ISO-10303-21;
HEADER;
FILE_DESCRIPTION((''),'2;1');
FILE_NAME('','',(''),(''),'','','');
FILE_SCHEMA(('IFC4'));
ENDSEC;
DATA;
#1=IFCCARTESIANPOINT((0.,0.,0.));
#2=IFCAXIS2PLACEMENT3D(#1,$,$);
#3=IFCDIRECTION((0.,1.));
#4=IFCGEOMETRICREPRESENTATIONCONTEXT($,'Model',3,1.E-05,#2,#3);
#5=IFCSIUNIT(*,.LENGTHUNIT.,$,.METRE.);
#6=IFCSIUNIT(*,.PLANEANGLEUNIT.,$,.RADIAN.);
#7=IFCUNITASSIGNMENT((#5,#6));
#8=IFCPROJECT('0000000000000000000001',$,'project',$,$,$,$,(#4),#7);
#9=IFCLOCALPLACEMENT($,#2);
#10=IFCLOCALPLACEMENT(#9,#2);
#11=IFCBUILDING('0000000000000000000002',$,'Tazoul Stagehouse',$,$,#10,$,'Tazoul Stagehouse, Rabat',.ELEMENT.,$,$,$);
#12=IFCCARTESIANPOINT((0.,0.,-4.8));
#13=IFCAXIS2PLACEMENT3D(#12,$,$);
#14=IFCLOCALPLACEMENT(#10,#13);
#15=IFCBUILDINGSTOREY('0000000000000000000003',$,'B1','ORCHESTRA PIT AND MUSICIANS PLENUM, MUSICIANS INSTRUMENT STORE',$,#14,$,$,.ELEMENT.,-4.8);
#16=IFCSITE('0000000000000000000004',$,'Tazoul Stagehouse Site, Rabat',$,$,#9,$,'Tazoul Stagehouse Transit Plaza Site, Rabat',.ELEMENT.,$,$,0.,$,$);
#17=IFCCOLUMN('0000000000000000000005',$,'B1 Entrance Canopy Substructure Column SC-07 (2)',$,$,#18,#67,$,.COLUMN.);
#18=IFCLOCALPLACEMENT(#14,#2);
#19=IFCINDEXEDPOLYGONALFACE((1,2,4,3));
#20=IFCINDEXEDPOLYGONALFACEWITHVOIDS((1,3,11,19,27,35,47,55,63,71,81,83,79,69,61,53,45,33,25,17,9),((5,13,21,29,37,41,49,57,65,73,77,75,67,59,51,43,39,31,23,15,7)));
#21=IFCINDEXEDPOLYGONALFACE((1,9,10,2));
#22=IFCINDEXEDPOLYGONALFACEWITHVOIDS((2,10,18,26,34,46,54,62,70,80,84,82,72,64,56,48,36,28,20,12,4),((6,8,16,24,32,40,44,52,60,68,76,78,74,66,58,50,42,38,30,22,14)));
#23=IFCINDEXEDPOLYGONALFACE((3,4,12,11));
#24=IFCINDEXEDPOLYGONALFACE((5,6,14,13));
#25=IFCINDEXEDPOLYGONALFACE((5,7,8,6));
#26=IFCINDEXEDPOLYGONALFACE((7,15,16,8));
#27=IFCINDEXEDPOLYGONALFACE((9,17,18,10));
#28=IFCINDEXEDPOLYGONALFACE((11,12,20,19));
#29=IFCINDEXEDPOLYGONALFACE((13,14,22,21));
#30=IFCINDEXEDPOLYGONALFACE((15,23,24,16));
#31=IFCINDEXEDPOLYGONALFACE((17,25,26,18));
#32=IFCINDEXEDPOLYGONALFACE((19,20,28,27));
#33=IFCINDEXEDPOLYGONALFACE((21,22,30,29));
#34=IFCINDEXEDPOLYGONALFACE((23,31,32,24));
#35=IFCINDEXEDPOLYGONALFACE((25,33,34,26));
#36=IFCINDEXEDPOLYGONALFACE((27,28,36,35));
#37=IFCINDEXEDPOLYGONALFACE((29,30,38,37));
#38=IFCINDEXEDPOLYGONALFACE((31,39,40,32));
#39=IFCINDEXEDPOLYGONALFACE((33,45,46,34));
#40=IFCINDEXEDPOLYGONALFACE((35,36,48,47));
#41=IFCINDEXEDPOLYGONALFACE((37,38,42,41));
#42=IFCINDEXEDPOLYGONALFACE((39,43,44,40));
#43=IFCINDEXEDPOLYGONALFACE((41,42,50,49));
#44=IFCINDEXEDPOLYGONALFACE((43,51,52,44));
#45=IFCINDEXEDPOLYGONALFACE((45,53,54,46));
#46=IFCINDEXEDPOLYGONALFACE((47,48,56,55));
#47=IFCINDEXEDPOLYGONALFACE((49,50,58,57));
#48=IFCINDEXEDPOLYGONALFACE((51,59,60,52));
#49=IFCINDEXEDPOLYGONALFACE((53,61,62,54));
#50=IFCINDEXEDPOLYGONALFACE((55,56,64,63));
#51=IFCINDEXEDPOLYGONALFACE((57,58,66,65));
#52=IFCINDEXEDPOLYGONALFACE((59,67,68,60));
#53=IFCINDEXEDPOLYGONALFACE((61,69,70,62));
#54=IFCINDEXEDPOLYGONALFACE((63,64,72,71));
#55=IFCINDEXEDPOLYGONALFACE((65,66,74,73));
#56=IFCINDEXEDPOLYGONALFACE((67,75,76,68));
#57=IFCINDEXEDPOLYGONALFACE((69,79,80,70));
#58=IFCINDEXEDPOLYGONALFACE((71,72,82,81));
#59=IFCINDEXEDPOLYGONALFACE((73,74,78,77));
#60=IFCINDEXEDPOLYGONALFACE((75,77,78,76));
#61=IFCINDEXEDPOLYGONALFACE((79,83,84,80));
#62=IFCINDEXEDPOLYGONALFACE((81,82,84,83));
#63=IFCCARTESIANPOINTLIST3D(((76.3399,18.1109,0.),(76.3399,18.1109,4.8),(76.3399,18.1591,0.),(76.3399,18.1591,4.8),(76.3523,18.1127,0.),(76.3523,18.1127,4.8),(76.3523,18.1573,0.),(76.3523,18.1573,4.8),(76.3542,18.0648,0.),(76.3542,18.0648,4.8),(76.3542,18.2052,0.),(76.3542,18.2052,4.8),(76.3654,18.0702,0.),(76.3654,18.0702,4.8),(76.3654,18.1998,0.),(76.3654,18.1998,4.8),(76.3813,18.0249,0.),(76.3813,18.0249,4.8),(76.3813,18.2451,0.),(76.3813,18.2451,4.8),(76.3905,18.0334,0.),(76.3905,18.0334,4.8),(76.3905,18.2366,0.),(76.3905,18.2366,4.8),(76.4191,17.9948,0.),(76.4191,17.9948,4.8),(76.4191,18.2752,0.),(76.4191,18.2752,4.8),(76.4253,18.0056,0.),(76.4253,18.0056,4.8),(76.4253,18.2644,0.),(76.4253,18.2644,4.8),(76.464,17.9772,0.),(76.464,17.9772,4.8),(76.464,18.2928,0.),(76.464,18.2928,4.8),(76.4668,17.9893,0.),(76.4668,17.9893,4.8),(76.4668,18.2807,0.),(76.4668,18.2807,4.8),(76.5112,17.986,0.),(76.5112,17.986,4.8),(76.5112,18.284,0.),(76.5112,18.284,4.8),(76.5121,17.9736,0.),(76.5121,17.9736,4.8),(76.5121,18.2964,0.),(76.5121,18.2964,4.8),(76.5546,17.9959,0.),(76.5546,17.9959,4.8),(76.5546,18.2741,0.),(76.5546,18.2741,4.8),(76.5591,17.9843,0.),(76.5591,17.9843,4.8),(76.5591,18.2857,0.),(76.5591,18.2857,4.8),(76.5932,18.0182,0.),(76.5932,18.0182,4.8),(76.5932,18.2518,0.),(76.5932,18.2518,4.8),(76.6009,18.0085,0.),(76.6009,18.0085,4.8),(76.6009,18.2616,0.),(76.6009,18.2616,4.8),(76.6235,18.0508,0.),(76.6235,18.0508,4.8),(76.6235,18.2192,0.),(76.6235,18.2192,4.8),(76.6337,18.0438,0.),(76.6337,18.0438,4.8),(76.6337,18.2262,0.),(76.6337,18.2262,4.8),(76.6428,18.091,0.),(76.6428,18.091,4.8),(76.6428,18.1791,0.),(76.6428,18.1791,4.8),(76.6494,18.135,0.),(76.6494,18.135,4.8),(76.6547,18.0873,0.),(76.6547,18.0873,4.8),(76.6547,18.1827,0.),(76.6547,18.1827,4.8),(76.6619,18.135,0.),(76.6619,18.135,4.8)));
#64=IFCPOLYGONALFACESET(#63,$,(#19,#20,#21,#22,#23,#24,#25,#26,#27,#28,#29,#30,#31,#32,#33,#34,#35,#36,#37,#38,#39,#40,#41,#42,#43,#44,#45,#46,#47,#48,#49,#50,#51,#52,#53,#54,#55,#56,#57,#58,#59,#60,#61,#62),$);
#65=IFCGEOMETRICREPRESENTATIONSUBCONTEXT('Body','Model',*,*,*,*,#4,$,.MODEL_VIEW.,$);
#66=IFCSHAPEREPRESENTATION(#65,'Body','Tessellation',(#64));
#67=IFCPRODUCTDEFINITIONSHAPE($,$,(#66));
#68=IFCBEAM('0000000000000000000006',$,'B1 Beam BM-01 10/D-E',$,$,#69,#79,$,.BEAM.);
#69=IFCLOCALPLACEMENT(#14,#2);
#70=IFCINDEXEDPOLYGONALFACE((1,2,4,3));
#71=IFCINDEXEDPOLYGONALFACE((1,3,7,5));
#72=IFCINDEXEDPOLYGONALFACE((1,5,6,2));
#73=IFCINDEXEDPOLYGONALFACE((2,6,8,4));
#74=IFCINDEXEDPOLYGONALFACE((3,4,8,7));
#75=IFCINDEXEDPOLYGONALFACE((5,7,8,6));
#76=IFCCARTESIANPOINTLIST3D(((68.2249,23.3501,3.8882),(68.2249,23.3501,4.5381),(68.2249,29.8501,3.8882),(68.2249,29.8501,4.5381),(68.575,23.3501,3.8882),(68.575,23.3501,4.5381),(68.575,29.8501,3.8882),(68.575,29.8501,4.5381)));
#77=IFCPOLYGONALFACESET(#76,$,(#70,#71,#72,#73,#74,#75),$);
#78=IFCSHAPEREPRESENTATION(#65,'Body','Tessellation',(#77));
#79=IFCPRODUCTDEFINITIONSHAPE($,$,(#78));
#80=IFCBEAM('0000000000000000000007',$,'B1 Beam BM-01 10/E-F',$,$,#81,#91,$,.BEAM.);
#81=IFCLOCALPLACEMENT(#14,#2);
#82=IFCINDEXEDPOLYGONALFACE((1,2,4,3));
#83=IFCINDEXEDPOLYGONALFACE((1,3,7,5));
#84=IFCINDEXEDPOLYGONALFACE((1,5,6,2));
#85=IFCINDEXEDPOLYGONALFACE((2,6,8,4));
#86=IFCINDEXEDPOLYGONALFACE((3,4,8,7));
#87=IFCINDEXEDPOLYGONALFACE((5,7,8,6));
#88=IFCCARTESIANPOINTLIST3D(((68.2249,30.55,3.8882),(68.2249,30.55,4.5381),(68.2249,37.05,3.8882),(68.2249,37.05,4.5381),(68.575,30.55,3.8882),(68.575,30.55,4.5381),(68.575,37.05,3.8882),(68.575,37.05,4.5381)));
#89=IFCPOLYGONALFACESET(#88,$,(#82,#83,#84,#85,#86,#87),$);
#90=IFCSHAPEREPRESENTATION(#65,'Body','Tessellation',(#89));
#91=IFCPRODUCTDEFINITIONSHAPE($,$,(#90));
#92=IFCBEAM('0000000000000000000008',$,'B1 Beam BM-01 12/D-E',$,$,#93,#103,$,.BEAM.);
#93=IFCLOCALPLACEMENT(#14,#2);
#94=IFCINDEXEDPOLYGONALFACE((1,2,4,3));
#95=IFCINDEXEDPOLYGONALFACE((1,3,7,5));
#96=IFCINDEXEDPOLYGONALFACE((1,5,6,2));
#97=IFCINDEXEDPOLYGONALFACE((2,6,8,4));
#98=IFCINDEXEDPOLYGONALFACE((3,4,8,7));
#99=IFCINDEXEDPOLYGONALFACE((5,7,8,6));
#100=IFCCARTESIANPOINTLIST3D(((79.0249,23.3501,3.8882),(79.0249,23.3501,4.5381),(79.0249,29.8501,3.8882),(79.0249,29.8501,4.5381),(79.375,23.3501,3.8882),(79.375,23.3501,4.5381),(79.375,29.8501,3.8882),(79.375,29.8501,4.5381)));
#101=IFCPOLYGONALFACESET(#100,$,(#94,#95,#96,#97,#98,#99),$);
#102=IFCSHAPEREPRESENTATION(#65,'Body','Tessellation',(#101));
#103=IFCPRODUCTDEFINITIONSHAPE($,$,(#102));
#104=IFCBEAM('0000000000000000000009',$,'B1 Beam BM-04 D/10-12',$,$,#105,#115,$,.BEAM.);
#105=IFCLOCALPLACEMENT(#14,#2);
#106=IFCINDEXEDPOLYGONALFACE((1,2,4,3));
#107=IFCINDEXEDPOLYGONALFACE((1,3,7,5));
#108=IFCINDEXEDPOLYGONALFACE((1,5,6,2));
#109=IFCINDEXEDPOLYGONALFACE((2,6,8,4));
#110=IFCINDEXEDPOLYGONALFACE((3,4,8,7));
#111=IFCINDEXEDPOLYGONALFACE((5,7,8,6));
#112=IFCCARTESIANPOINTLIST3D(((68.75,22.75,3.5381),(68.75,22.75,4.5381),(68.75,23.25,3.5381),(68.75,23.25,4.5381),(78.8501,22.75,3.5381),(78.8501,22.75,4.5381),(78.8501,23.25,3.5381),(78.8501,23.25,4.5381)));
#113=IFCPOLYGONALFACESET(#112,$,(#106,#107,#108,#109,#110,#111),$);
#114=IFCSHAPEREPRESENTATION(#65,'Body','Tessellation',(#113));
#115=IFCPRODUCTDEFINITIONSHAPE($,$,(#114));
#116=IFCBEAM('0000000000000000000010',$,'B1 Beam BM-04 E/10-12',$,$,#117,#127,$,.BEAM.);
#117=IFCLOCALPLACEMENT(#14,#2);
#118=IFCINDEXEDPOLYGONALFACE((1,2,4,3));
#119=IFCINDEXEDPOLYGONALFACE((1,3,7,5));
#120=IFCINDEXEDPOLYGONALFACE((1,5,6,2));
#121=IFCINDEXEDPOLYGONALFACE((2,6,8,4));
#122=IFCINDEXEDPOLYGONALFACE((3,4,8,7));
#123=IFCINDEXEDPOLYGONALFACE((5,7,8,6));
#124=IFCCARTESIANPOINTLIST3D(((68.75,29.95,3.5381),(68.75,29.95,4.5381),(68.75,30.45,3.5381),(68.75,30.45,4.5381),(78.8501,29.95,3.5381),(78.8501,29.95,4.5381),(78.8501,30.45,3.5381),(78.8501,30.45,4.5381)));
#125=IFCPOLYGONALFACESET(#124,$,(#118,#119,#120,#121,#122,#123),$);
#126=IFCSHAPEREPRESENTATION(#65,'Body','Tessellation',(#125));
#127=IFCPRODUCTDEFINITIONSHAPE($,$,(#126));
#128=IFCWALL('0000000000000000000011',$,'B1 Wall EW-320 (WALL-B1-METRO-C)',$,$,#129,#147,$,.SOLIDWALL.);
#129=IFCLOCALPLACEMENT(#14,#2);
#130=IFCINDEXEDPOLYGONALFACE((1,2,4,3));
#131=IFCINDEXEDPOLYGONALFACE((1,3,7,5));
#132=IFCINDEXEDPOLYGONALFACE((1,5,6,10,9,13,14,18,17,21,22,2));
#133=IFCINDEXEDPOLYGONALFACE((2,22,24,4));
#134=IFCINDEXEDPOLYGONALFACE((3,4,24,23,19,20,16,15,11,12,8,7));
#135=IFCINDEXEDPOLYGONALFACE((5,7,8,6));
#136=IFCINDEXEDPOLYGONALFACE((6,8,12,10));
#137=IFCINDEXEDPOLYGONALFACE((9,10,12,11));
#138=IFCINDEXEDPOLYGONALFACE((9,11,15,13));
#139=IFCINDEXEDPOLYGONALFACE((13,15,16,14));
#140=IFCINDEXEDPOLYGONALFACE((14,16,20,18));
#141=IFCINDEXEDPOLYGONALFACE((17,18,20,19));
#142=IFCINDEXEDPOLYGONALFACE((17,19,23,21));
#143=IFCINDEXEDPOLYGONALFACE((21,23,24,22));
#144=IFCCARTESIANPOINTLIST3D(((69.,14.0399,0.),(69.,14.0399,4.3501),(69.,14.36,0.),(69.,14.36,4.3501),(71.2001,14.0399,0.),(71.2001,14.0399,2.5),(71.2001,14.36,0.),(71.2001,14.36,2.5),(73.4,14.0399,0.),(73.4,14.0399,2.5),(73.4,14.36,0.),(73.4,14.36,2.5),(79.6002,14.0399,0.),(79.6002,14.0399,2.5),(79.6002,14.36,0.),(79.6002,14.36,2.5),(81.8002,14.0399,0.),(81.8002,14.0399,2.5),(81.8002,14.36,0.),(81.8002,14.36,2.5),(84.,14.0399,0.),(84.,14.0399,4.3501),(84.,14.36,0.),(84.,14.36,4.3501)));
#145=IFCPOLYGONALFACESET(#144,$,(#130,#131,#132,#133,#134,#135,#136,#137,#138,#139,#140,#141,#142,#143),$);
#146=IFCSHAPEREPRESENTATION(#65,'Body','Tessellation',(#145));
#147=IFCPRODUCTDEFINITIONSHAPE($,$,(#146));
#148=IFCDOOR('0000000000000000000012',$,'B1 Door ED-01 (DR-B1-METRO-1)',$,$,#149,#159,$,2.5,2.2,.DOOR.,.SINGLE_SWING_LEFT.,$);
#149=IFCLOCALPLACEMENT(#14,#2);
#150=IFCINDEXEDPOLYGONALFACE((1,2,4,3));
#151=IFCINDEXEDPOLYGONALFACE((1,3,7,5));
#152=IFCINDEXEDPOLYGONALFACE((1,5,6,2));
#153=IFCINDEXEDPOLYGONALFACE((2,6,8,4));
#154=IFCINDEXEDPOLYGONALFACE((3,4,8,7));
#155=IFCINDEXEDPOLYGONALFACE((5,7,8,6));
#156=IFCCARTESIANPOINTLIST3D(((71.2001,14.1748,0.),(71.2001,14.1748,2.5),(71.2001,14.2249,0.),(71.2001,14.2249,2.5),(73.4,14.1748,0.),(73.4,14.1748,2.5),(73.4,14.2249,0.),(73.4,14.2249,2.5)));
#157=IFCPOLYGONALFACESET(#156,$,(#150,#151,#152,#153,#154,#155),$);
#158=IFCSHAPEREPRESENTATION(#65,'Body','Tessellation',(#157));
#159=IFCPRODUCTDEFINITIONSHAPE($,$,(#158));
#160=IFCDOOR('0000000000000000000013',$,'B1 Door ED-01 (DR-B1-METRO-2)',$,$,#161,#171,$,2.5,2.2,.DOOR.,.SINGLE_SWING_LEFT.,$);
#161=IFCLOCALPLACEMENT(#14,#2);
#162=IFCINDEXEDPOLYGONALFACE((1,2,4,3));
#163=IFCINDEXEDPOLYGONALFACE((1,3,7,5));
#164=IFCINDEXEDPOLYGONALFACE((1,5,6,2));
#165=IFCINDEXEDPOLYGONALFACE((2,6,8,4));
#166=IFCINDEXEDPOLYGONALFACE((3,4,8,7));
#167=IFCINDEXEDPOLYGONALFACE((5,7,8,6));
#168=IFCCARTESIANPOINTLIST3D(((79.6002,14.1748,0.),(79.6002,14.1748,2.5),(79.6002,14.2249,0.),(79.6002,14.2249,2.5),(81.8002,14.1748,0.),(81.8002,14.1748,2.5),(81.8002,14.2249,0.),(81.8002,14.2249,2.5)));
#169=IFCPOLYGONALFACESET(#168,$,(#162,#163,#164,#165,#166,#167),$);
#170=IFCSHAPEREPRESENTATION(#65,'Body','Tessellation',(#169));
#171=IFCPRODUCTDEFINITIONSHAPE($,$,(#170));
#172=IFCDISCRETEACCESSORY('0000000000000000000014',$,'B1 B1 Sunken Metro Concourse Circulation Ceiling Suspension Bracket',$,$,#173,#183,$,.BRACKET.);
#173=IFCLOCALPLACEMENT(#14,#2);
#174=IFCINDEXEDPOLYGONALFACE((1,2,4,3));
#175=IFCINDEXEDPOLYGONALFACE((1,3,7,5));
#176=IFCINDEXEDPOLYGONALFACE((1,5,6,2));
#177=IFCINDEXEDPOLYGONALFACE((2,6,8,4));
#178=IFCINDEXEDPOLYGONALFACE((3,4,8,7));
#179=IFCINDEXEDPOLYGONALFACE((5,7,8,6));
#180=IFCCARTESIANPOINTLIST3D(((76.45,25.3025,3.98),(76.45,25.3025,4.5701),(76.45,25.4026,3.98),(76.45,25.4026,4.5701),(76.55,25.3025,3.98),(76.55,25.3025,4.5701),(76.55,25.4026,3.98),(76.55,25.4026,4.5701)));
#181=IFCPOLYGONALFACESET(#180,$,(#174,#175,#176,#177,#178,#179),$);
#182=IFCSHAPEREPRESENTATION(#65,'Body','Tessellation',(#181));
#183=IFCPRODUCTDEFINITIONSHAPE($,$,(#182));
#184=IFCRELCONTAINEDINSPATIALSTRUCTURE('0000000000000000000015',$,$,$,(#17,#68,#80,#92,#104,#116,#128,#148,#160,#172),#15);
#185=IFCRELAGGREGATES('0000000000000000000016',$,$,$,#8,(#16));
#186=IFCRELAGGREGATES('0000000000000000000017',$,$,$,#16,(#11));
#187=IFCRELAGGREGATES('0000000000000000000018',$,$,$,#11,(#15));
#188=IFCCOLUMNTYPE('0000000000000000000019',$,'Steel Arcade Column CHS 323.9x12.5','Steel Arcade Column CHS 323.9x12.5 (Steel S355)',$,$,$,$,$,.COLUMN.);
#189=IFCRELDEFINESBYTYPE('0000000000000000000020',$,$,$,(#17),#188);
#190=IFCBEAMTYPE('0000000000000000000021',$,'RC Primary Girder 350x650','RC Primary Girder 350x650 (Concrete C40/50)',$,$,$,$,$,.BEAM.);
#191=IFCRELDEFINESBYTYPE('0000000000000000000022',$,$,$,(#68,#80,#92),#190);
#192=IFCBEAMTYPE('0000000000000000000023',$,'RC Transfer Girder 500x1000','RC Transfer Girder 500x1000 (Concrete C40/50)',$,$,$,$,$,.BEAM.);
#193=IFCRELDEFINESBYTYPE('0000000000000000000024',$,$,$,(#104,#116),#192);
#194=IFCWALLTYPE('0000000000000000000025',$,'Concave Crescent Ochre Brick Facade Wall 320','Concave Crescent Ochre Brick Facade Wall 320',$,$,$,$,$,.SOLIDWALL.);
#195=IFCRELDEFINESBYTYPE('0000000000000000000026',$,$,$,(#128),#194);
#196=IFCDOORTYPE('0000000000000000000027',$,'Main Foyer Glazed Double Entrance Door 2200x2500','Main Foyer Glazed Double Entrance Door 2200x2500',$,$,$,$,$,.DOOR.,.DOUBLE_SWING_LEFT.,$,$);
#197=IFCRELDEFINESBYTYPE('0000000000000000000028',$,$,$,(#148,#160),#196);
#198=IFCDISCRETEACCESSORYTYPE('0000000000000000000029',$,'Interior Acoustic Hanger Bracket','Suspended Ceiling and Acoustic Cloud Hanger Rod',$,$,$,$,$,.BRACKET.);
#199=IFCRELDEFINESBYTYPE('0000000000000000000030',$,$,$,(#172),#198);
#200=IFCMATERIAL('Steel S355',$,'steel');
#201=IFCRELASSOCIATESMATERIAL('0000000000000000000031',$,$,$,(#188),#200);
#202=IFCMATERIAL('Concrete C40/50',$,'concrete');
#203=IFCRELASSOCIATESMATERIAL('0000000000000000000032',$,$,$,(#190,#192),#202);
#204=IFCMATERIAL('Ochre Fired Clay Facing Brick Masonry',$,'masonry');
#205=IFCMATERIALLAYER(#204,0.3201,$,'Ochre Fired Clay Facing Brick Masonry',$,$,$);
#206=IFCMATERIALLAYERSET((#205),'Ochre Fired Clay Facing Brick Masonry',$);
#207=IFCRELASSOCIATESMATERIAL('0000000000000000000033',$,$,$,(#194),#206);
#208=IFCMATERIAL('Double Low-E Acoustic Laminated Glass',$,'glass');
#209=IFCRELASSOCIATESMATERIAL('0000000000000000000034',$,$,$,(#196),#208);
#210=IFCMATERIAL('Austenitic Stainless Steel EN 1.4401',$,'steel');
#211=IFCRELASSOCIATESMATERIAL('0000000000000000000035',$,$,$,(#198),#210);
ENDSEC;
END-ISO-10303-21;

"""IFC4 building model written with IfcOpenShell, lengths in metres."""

from ifc_helpers import new_model, si_unit, direction, frame, frame_2d, origin, origin_2d, place, context, subcontext, project, spatial, rectangle, hollow_circle, extrude, material, layer, layer_set, material_profile, profile_set, type_object, element, fill, save


model = new_model("IFC4")

# Units and contexts
model_context = context("Model", 3, precision=1e-05, world=origin(), true_north=direction((0.0, 1.0)))
body_context = subcontext(model_context, "Body", "Model", "MODEL_VIEW")
ifc_project = project(units=[si_unit("LENGTHUNIT", "METRE"), si_unit("PLANEANGLEUNIT", "RADIAN")], contexts=[model_context])

# Site, building, storey
site_placement = place(None, origin())
site = spatial("IfcSite", under=ifc_project, at=site_placement, Name="Tazoul Stagehouse Site, Rabat", LongName="Tazoul Stagehouse Transit Plaza Site, Rabat", CompositionType="ELEMENT", RefElevation=0.0)
building_placement = place(site_placement, origin())
building = spatial("IfcBuilding", under=site, at=building_placement, Name="Tazoul Stagehouse", LongName="Tazoul Stagehouse, Rabat", CompositionType="ELEMENT")
storey_placement = place(building_placement, frame((0.0, 0.0, -4.8)))
storey = spatial("IfcBuildingStorey", under=building, at=storey_placement, Name="B1", Description="ORCHESTRA PIT AND MUSICIANS PLENUM, MUSICIANS INSTRUMENT STORE", CompositionType="ELEMENT", Elevation=-4.8)

# Column
ifc_material_1 = material(Name="Concrete C40/50", Category="concrete")
ifc_material_2 = material(Name="Steel S355", Category="steel")
ifc_material_profile_1 = material_profile(ifc_material_2, hollow_circle(Radius=0.1619, WallThickness=0.0125, at=origin_2d()), Name="CHS 323.9x12.5")
ifc_profile_set_1 = profile_set([ifc_material_profile_1], Name="Steel S355")
column_type_1 = type_object("IfcColumnType", Name="Steel Arcade Column CHS 323.9x12.5", Description="Steel Arcade Column CHS 323.9x12.5 (Steel S355)", PredefinedType="COLUMN", material=ifc_profile_set_1)
for number, where, z_axis, x_axis, name in (
    (1, (76.5, 18.135, 0.0), (0.0, 0.0, 1.0), (1.0, 0.0, 0.0), "B1 Entrance Canopy Substructure Column SC-07 (2)"),
):
    element("IfcColumn", number, at=place(storey_placement, frame(where, z_axis=z_axis, x_axis=x_axis)), inside=storey, type_object=column_type_1, Name=name, PredefinedType="COLUMN", context=body_context, shape_type="SweptSolid", body=[
        extrude(hollow_circle(Radius=0.1619, WallThickness=0.0125, at=origin_2d()), origin(), (0.0, 0.0, 1.0), 4.8),
    ])

# Beams
ifc_material_profile_2 = material_profile(ifc_material_1, rectangle(XDim=0.3501, YDim=0.6499, at=origin_2d()), Name="RC 350x650")
ifc_profile_set_2 = profile_set([ifc_material_profile_2], Name="Concrete C40/50")
beam_type_1 = type_object("IfcBeamType", Name="RC Primary Girder 350x650", Description="RC Primary Girder 350x650 (Concrete C40/50)", PredefinedType="BEAM", material=ifc_profile_set_2)
for number, where, z_axis, x_axis, name in (
    (2, (68.3999, 23.3501, 4.2131), (0.0, 1.0, 0.0), (-1.0, 0.0, 0.0), "B1 Beam BM-01 10/D-E"),
    (3, (68.3999, 30.55, 4.2131), (0.0, 1.0, 0.0), (-1.0, 0.0, 0.0), "B1 Beam BM-01 10/E-F"),
    (4, (79.2, 23.3501, 4.2131), (0.0, 1.0, 0.0), (-1.0, 0.0, 0.0), "B1 Beam BM-01 12/D-E"),
):
    element("IfcBeam", number, at=place(storey_placement, frame(where, z_axis=z_axis, x_axis=x_axis)), inside=storey, type_object=beam_type_1, Name=name, PredefinedType="BEAM", context=body_context, shape_type="SweptSolid", body=[
        extrude(rectangle(XDim=0.3501, YDim=0.6499, at=origin_2d()), origin(), (0.0, 0.0, 1.0), 6.5),
    ])
ifc_material_profile_3 = material_profile(ifc_material_1, rectangle(XDim=0.5, YDim=1.0, at=origin_2d()), Name="RC 500x1000")
ifc_profile_set_3 = profile_set([ifc_material_profile_3], Name="Concrete C40/50")
beam_type_2 = type_object("IfcBeamType", Name="RC Transfer Girder 500x1000", Description="RC Transfer Girder 500x1000 (Concrete C40/50)", PredefinedType="BEAM", material=ifc_profile_set_3)
for number, where, z_axis, x_axis, name in (
    (5, (68.75, 23.0, 4.0381), (1.0, 0.0, 0.0), (0.0, 1.0, 0.0), "B1 Beam BM-04 D/10-12"),
    (6, (68.75, 30.2, 4.0381), (1.0, 0.0, 0.0), (0.0, 1.0, 0.0), "B1 Beam BM-04 E/10-12"),
):
    element("IfcBeam", number, at=place(storey_placement, frame(where, z_axis=z_axis, x_axis=x_axis)), inside=storey, type_object=beam_type_2, Name=name, PredefinedType="BEAM", context=body_context, shape_type="SweptSolid", body=[
        extrude(rectangle(XDim=0.5, YDim=1.0, at=origin_2d()), origin(), (0.0, 0.0, 1.0), 10.1001),
    ])

# Wall, openings, doors
ifc_material_3 = material(Name="Ochre Fired Clay Facing Brick Masonry", Category="masonry")
ifc_layer = layer(ifc_material_3, 0.3201, Name="Ochre Fired Clay Facing Brick Masonry")
ifc_layer_set = layer_set([ifc_layer], Name="Ochre Fired Clay Facing Brick Masonry")
wall_type = type_object("IfcWallType", Name="Concave Crescent Ochre Brick Facade Wall 320", Description="Concave Crescent Ochre Brick Facade Wall 320", PredefinedType="SOLIDWALL", material=ifc_layer_set)
wall_placement = place(storey_placement, frame((69.0, 14.2, 0.0), z_axis=(0.0, 0.0, 1.0), x_axis=(1.0, 0.0, 0.0)))
wall = element("IfcWall", 7, at=wall_placement, inside=storey, type_object=wall_type, Name="B1 Wall EW-320 (WALL-B1-METRO-C)", PredefinedType="SOLIDWALL", context=body_context, shape_type="SweptSolid", body=[
    extrude(rectangle(XDim=15.0, YDim=0.3201, at=frame_2d((7.5, 0.0))), origin(), (0.0, 0.0, 1.0), 4.3501),
])
opening_1_placement = place(wall_placement, frame((2.2, 0.0, 0.0)))
opening_1 = element("IfcOpeningElement", 8, at=opening_1_placement, cuts=wall, PredefinedType="OPENING", context=body_context, shape_type="SweptSolid", body=[
    extrude(rectangle(XDim=2.2, YDim=2.5, at=frame_2d((1.1001, 1.25))), frame((0.0, 0.1799, 0.0), z_axis=(0.0, -1.0, 0.0), x_axis=(1.0, 0.0, 0.0)), (0.0, 0.0, 1.0), 0.3601),
])
opening_2_placement = place(wall_placement, frame((10.6001, 0.0, 0.0)))
opening_2 = element("IfcOpeningElement", 9, at=opening_2_placement, cuts=wall, PredefinedType="OPENING", context=body_context, shape_type="SweptSolid", body=[
    extrude(rectangle(XDim=2.2, YDim=2.5, at=frame_2d((1.1001, 1.25))), frame((0.0, 0.1799, 0.0), z_axis=(0.0, -1.0, 0.0), x_axis=(1.0, 0.0, 0.0)), (0.0, 0.0, 1.0), 0.3601),
])
ifc_material_4 = material(Name="Double Low-E Acoustic Laminated Glass", Category="glass")
door_type = type_object("IfcDoorType", Name="Main Foyer Glazed Double Entrance Door 2200x2500", Description="Main Foyer Glazed Double Entrance Door 2200x2500", OperationType="DOUBLE_SWING_LEFT", PredefinedType="DOOR", material=ifc_material_4)
door_1_placement = place(opening_1_placement, origin())
door_1 = element("IfcDoor", 10, at=door_1_placement, inside=storey, type_object=door_type, Name="B1 Door ED-01 (DR-B1-METRO-1)", OperationType="SINGLE_SWING_LEFT", OverallHeight=2.5, OverallWidth=2.2, PredefinedType="DOOR", context=body_context, shape_type="SweptSolid", body=[
    extrude(rectangle(XDim=2.2, YDim=2.5, at=frame_2d((1.1001, 1.25))), frame((0.0, 0.0249, 0.0), z_axis=(0.0, -1.0, 0.0), x_axis=(1.0, 0.0, 0.0)), (0.0, 0.0, 1.0), 0.05),
])
fill(opening_1, door_1)
door_2_placement = place(opening_2_placement, origin())
door_2 = element("IfcDoor", 11, at=door_2_placement, inside=storey, type_object=door_type, Name="B1 Door ED-01 (DR-B1-METRO-2)", OperationType="SINGLE_SWING_LEFT", OverallHeight=2.5, OverallWidth=2.2, PredefinedType="DOOR", context=body_context, shape_type="SweptSolid", body=[
    extrude(rectangle(XDim=2.2, YDim=2.5, at=frame_2d((1.1001, 1.25))), frame((0.0, 0.0249, 0.0), z_axis=(0.0, -1.0, 0.0), x_axis=(1.0, 0.0, 0.0)), (0.0, 0.0, 1.0), 0.05),
])
fill(opening_2, door_2)

# Discrete accessory
ifc_material_5 = material(Name="Austenitic Stainless Steel EN 1.4401", Category="steel")
discrete_accessory_type = type_object("IfcDiscreteAccessoryType", Name="Interior Acoustic Hanger Bracket", Description="Suspended Ceiling and Acoustic Cloud Hanger Rod", PredefinedType="BRACKET", material=ifc_material_5)
discrete_accessory_placement = place(storey_placement, frame((76.5, 25.3525, 3.98), z_axis=(0.0, 0.0, 1.0), x_axis=(1.0, 0.0, 0.0)))
element("IfcDiscreteAccessory", 12, at=discrete_accessory_placement, inside=storey, type_object=discrete_accessory_type, Name="B1 B1 Sunken Metro Concourse Circulation Ceiling Suspension Bracket", PredefinedType="BRACKET", context=body_context, shape_type="SweptSolid", body=[
    extrude(rectangle(XDim=0.1001, YDim=0.1001, at=origin_2d()), origin(), (0.0, 0.0, 1.0), 0.5901),
])

save(model, "model.ifc")
